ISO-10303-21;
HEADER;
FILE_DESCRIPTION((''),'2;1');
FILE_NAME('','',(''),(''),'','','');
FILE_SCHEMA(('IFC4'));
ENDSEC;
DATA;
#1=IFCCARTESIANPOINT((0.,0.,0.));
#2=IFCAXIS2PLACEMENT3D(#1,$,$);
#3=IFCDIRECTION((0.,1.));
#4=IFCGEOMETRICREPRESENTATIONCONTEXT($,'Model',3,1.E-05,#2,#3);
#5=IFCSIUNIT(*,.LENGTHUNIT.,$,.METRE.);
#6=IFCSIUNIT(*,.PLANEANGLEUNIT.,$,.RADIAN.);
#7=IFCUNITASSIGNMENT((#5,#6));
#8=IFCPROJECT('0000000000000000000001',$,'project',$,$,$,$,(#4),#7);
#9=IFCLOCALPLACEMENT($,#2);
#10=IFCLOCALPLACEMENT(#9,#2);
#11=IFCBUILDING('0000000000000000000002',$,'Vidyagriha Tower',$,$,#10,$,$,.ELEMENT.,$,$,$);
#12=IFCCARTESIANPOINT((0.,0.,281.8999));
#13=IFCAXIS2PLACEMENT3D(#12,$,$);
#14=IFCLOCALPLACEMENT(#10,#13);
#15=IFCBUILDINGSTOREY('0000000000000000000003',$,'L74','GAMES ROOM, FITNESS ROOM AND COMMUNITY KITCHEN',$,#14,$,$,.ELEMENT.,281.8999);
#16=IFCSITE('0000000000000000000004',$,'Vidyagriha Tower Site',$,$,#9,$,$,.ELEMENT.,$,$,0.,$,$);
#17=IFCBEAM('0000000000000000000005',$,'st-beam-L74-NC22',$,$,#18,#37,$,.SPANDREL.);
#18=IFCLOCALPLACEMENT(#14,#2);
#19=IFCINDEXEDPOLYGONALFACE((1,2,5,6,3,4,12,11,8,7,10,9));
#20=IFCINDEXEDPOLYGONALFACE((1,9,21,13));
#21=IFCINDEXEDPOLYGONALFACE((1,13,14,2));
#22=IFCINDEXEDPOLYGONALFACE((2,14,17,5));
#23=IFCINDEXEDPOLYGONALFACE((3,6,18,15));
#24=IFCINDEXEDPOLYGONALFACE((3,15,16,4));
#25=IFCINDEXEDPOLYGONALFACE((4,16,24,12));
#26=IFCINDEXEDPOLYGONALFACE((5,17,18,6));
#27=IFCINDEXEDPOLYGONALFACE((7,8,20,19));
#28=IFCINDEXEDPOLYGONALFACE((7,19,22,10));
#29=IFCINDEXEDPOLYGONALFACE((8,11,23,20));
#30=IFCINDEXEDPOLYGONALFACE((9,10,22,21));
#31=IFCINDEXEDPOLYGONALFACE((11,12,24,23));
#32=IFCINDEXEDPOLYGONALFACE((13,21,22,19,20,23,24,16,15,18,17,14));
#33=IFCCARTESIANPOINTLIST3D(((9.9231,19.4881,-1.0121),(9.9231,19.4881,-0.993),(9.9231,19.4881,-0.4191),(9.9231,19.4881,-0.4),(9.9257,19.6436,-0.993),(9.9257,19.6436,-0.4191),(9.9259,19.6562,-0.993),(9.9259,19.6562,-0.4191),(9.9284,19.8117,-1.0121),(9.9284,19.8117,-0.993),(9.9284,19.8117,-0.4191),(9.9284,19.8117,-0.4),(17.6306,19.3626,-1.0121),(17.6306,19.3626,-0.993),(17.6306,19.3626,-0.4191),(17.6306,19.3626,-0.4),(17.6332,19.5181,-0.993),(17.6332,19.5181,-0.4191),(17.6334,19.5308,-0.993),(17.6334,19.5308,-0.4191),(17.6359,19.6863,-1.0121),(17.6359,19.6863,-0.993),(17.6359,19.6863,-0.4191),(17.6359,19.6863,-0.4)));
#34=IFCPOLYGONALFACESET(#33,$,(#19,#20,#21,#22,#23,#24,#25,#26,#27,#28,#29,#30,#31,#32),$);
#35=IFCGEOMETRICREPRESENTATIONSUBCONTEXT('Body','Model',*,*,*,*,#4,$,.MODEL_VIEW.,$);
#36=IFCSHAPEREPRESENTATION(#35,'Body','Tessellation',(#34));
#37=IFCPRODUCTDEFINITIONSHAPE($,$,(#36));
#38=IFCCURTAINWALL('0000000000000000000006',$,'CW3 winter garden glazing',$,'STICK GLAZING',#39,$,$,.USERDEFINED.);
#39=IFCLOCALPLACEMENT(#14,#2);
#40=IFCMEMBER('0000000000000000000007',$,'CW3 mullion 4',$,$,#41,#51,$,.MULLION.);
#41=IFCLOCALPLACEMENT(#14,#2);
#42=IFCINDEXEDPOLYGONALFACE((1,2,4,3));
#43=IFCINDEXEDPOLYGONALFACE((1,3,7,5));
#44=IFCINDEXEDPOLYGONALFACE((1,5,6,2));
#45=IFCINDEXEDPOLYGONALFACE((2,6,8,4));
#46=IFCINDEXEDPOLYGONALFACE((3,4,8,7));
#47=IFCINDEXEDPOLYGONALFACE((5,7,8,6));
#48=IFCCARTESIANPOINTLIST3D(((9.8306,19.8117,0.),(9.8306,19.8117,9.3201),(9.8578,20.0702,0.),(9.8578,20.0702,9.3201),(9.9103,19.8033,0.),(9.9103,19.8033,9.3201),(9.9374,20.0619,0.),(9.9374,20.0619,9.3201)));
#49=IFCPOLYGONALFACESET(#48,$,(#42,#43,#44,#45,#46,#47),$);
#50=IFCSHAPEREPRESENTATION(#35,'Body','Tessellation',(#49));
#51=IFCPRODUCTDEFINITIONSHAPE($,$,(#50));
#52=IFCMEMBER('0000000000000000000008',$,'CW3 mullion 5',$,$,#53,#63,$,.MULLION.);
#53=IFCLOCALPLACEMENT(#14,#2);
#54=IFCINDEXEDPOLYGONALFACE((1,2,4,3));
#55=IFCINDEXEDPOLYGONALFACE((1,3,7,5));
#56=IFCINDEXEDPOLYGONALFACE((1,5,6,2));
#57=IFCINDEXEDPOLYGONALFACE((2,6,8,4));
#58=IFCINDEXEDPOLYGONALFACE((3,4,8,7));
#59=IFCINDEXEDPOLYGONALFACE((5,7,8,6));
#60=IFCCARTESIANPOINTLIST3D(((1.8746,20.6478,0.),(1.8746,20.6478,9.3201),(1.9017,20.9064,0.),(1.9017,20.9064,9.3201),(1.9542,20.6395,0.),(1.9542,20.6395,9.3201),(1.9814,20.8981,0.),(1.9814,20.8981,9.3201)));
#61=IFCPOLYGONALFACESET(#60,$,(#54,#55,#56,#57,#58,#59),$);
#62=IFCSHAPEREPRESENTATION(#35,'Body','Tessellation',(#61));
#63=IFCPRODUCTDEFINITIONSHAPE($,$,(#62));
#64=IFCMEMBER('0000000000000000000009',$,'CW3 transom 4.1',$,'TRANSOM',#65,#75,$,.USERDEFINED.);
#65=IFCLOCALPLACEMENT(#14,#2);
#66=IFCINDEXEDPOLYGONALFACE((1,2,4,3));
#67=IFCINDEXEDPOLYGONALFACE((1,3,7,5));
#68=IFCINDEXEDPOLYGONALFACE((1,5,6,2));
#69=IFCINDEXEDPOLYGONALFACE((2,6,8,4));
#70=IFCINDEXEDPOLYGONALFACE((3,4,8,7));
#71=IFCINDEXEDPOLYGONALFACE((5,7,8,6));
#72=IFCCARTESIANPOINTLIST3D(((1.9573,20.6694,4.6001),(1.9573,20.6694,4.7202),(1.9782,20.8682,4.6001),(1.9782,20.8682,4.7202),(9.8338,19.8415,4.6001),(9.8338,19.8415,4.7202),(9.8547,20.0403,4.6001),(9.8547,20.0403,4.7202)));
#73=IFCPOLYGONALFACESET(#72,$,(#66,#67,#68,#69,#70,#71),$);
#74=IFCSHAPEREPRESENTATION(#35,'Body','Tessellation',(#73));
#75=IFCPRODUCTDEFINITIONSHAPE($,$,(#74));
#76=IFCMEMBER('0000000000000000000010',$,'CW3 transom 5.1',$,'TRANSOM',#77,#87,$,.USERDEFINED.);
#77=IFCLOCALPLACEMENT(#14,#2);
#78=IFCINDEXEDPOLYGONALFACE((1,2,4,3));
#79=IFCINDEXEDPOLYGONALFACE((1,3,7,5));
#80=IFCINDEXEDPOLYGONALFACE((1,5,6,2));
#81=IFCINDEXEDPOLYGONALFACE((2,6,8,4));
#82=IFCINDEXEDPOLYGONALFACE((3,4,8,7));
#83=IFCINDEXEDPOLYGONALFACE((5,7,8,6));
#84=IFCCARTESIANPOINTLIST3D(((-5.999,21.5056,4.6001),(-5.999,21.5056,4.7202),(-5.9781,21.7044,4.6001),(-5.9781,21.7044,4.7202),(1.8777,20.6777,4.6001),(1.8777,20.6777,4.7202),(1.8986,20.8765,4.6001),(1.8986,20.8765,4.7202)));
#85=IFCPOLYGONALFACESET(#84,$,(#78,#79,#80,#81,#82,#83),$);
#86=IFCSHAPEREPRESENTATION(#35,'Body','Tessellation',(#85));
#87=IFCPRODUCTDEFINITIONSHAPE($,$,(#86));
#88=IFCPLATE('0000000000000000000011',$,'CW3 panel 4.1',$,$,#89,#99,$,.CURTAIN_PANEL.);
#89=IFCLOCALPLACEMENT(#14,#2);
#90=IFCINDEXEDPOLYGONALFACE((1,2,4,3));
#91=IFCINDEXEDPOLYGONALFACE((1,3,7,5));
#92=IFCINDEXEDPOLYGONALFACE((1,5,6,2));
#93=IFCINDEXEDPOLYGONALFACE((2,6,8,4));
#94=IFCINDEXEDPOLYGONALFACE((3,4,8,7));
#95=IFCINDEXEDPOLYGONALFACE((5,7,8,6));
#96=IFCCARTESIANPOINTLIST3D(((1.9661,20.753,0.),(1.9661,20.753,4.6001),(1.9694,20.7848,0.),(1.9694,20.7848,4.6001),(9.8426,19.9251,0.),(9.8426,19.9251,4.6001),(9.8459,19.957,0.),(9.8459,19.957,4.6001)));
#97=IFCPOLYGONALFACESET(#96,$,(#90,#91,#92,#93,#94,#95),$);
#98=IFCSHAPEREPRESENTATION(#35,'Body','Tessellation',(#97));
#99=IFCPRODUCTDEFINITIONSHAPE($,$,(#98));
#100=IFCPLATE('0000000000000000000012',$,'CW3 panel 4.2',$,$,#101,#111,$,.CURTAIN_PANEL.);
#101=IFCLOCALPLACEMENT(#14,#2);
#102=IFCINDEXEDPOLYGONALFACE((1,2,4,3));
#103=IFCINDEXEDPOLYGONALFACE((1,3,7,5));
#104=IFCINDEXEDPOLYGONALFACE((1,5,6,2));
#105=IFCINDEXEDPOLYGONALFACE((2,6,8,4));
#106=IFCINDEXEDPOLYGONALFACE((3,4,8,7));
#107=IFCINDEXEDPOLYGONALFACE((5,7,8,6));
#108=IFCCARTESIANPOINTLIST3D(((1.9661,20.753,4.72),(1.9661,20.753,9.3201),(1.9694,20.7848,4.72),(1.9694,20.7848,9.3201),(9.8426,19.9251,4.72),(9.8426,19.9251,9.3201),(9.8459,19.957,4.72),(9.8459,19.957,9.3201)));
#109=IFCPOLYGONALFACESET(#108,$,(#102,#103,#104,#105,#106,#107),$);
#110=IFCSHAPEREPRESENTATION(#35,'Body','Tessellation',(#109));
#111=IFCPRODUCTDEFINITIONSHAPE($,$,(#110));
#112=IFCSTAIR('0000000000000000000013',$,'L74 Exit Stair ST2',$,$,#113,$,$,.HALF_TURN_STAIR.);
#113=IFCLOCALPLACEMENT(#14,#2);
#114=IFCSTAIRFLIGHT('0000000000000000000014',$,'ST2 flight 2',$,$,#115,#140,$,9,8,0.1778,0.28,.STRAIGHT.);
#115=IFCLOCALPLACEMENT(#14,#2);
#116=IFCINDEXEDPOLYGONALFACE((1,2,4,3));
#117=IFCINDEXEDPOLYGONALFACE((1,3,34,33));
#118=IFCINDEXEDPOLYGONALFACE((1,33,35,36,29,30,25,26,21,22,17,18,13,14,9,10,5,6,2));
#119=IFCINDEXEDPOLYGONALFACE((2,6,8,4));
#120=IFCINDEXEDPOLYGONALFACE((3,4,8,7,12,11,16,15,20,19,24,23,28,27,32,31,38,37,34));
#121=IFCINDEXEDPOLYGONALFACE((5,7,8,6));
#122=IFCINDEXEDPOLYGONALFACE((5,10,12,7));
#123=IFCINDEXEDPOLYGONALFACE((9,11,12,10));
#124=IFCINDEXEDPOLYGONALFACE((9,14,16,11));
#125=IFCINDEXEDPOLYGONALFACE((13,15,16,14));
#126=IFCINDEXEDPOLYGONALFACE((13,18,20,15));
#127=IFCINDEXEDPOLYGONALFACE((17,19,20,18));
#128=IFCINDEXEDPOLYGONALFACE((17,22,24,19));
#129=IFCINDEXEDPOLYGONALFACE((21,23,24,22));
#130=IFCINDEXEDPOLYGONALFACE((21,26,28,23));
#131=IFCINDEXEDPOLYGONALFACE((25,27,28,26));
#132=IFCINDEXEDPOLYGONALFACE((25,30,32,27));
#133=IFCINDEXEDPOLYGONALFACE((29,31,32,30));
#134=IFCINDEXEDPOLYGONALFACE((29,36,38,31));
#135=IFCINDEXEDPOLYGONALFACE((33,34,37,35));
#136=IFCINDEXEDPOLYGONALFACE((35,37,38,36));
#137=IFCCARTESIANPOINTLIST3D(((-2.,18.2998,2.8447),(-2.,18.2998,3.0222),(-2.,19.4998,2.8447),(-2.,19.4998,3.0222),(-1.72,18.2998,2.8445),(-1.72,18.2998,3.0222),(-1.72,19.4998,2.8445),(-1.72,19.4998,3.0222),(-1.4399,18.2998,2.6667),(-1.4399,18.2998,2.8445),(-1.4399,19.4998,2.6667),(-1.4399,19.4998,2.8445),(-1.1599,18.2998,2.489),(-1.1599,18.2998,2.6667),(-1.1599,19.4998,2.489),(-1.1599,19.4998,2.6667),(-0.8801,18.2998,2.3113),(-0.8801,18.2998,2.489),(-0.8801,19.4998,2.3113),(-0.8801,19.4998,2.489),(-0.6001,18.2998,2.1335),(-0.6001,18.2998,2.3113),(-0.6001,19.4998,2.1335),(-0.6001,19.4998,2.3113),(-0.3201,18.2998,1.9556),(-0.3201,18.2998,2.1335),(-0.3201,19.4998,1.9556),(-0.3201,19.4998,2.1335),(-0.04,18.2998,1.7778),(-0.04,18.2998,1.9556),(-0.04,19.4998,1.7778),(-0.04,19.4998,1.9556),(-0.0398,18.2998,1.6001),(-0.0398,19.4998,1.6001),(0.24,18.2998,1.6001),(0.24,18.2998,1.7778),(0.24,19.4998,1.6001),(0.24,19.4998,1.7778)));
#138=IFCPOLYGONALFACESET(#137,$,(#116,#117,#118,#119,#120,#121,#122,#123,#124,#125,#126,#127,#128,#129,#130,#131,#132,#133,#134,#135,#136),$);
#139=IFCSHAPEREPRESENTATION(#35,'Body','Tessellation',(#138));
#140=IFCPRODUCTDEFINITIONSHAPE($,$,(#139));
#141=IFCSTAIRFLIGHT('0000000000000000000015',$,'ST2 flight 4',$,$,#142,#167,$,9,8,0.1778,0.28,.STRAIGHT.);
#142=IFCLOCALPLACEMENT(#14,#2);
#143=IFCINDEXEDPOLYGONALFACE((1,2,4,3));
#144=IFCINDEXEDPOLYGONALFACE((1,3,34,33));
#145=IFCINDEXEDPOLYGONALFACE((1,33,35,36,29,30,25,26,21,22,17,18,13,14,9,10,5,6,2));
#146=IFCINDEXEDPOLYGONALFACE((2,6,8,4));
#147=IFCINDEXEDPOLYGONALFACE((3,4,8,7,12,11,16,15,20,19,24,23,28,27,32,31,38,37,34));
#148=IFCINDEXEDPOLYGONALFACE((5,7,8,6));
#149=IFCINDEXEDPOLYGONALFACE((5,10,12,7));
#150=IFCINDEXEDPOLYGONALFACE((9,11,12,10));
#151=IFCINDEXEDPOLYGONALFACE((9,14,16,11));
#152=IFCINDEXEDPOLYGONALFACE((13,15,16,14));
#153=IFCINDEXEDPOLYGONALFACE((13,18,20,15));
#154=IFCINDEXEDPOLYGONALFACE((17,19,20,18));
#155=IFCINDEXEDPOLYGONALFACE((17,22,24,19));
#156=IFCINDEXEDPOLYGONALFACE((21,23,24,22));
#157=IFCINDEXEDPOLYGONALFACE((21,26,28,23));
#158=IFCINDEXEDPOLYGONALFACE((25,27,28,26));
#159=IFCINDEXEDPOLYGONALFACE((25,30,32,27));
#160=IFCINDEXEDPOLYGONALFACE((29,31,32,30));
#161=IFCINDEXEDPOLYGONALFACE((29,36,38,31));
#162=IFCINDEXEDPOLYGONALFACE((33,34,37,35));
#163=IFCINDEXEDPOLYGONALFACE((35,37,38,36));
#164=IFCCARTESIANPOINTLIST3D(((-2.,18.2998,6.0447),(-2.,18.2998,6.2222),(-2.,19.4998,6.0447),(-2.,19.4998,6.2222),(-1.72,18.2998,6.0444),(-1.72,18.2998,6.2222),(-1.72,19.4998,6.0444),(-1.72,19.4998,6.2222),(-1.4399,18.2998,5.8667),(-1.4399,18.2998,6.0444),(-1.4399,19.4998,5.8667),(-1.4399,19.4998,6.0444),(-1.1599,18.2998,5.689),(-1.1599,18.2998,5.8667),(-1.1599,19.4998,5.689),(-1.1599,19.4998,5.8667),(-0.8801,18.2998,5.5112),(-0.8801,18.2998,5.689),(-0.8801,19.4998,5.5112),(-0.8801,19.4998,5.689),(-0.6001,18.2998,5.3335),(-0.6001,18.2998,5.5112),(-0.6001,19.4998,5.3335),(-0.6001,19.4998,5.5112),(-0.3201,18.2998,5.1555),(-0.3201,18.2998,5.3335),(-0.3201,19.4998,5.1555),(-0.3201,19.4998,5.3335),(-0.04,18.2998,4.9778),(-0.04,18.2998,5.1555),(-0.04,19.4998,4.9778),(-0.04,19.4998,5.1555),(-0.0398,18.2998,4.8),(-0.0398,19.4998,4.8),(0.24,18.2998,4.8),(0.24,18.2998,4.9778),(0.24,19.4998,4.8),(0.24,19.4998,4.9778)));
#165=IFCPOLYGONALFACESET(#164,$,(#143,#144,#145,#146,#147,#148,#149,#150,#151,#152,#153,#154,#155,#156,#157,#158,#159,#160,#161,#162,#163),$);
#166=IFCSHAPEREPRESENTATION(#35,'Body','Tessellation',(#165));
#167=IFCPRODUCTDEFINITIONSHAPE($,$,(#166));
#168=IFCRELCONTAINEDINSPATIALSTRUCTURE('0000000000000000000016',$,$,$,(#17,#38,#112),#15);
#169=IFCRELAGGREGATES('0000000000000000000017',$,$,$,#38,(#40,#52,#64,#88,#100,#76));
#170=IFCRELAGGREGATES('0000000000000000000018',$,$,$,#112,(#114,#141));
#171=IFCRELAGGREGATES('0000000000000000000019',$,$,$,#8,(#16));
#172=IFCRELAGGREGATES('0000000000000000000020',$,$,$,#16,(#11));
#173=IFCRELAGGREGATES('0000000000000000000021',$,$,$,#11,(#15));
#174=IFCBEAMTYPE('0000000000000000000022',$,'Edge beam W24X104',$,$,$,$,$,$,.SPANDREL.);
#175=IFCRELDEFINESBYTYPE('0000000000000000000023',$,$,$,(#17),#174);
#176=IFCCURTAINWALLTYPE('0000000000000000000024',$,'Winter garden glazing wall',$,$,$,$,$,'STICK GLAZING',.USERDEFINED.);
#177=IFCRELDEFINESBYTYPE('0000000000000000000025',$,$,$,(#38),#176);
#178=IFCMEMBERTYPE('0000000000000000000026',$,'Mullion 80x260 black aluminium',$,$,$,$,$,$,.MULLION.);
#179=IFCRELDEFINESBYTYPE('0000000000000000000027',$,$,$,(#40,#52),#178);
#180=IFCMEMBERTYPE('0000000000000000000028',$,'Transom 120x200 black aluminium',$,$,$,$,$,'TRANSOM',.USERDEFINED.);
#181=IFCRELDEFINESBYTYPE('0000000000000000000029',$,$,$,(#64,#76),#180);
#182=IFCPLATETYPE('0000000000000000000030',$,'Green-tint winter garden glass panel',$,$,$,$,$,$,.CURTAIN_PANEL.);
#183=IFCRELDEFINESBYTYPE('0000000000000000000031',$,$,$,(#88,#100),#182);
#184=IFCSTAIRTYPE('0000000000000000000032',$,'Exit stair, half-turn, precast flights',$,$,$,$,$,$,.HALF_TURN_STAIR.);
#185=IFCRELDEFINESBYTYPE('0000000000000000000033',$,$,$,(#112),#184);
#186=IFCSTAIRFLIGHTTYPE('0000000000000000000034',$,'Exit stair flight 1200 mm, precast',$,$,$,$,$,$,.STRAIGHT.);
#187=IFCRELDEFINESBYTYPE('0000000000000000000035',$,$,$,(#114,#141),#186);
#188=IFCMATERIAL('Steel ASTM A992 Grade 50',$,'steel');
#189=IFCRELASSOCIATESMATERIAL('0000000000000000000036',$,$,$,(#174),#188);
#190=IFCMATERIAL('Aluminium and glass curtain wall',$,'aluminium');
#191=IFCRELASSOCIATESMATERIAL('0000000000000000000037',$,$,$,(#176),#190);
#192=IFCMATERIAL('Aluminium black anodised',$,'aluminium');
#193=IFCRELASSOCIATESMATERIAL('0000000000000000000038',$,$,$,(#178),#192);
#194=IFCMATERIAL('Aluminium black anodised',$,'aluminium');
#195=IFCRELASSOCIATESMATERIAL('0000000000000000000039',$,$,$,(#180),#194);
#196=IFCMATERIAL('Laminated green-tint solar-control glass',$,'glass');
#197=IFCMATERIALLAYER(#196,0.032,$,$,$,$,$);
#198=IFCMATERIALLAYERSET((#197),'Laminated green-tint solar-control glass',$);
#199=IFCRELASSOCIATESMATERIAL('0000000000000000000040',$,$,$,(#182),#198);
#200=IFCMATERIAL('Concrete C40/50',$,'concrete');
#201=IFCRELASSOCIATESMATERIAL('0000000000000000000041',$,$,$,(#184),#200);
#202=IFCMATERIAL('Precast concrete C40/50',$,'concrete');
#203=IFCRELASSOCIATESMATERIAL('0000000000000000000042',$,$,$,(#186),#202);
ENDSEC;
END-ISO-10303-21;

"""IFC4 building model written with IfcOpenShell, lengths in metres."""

from ifc_helpers import new_model, si_unit, direction, frame, origin, origin_2d, place, context, subcontext, project, spatial, polyline, rectangle, i_section, outline, extrude, material, layer, layer_set, material_profile, profile_set, type_object, element, aggregate, save


model = new_model("IFC4")

# Units and contexts
model_context = context("Model", 3, precision=1e-05, world=origin(), true_north=direction((0.0, 1.0)))
body_context = subcontext(model_context, "Body", "Model", "MODEL_VIEW")
ifc_project = project(units=[si_unit("LENGTHUNIT", "METRE"), si_unit("PLANEANGLEUNIT", "RADIAN")], contexts=[model_context])

# Site, building, storey
site_placement = place(None, origin())
site = spatial("IfcSite", under=ifc_project, at=site_placement, Name="Vidyagriha Tower Site", CompositionType="ELEMENT", RefElevation=0.0)
building_placement = place(site_placement, origin())
building = spatial("IfcBuilding", under=site, at=building_placement, Name="Vidyagriha Tower", CompositionType="ELEMENT")
storey_placement = place(building_placement, frame((0.0, 0.0, 281.8999)))
storey = spatial("IfcBuildingStorey", under=building, at=storey_placement, Name="L74", Description="GAMES ROOM, FITNESS ROOM AND COMMUNITY KITCHEN", CompositionType="ELEMENT", Elevation=281.8999)

# Beam
ifc_material_1 = material(Name="Steel ASTM A992 Grade 50", Category="steel")
ifc_material_profile_1 = material_profile(ifc_material_1, i_section(OverallWidth=0.3237, OverallDepth=0.6121, WebThickness=0.0127, FlangeThickness=0.019, at=origin_2d()), Name="W24X104")
ifc_profile_set_1 = profile_set([ifc_material_profile_1], Name="Steel ASTM A992 Grade 50")
beam_type = type_object("IfcBeamType", Name="Edge beam W24X104", PredefinedType="SPANDREL", material=ifc_profile_set_1)
beam_placement = place(storey_placement, frame((9.9258, 19.6499, -0.7061), z_axis=(0.999867, -0.016279, 0.0), x_axis=(0.016279, 0.999867, 0.0)))
element("IfcBeam", 1, at=beam_placement, inside=storey, type_object=beam_type, Name="st-beam-L74-NC22", PredefinedType="SPANDREL", context=body_context, shape_type="SweptSolid", body=[
    extrude(i_section(OverallWidth=0.3237, OverallDepth=0.6121, WebThickness=0.0127, FlangeThickness=0.019, at=origin_2d()), origin(), (0.0, 0.0, 1.0), 7.7085),
])

# Curtain wall, members, plates
ifc_material_2 = material(Name="Aluminium and glass curtain wall", Category="aluminium")
curtain_wall_type = type_object("IfcCurtainWallType", Name="Winter garden glazing wall", ElementType="STICK GLAZING", PredefinedType="USERDEFINED", material=ifc_material_2)
curtain_wall_placement = place(storey_placement, origin())
curtain_wall = element("IfcCurtainWall", 2, at=curtain_wall_placement, inside=storey, type_object=curtain_wall_type, Name="CW3 winter garden glazing", ObjectType="STICK GLAZING", PredefinedType="USERDEFINED")
ifc_material_3 = material(Name="Aluminium black anodised", Category="aluminium")
ifc_material_profile_2 = material_profile(ifc_material_3, rectangle(XDim=0.26, YDim=0.0801, at=origin_2d()), Name="Mullion 80x260 black aluminium")
ifc_profile_set_2 = profile_set([ifc_material_profile_2], Name="Aluminium black anodised")
member_type_1 = type_object("IfcMemberType", Name="Mullion 80x260 black aluminium", PredefinedType="MULLION", material=ifc_profile_set_2)
member_1_placement = place(storey_placement, frame((9.884, 19.9368, 0.0), z_axis=(0.0, 0.0, 1.0), x_axis=(-0.104528, -0.994522, 0.0)))
member_1 = element("IfcMember", 3, at=member_1_placement, type_object=member_type_1, Name="CW3 mullion 4", PredefinedType="MULLION", context=body_context, shape_type="SweptSolid", body=[
    extrude(rectangle(XDim=0.26, YDim=0.0801, at=origin_2d()), origin(), (0.0, 0.0, 1.0), 9.3201),
])
member_2_placement = place(storey_placement, frame((1.928, 20.7729, 0.0), z_axis=(0.0, 0.0, 1.0), x_axis=(-0.104528, -0.994522, 0.0)))
member_2 = element("IfcMember", 4, at=member_2_placement, type_object=member_type_1, Name="CW3 mullion 5", PredefinedType="MULLION", context=body_context, shape_type="SweptSolid", body=[
    extrude(rectangle(XDim=0.26, YDim=0.0801, at=origin_2d()), origin(), (0.0, 0.0, 1.0), 9.3201),
])
ifc_material_4 = material(Name="Aluminium black anodised", Category="aluminium")
ifc_material_profile_3 = material_profile(ifc_material_4, rectangle(XDim=0.2, YDim=0.1201, at=origin_2d()), Name="Transom 120x200 black aluminium")
ifc_profile_set_3 = profile_set([ifc_material_profile_3], Name="Aluminium black anodised")
member_type_2 = type_object("IfcMemberType", Name="Transom 120x200 black aluminium", ElementType="TRANSOM", PredefinedType="USERDEFINED", material=ifc_profile_set_3)
member_3_placement = place(storey_placement, frame((9.8442, 19.9409, 4.6602), z_axis=(-0.994521, 0.104532, 0.0), x_axis=(-0.104532, -0.994521, 0.0)))
member_3 = element("IfcMember", 5, at=member_3_placement, type_object=member_type_2, Name="CW3 transom 4.1", ObjectType="TRANSOM", PredefinedType="USERDEFINED", context=body_context, shape_type="SweptSolid", body=[
    extrude(rectangle(XDim=0.2, YDim=0.1201, at=origin_2d()), origin(), (0.0, 0.0, 1.0), 7.9199),
])
member_4_placement = place(storey_placement, frame((1.8882, 20.7771, 4.6602), z_axis=(-0.994522, 0.104529, 0.0), x_axis=(-0.104529, -0.994522, 0.0)))
member_4 = element("IfcMember", 6, at=member_4_placement, type_object=member_type_2, Name="CW3 transom 5.1", ObjectType="TRANSOM", PredefinedType="USERDEFINED", context=body_context, shape_type="SweptSolid", body=[
    extrude(rectangle(XDim=0.2, YDim=0.1201, at=origin_2d()), origin(), (0.0, 0.0, 1.0), 7.9202),
])
ifc_material_5 = material(Name="Laminated green-tint solar-control glass", Category="glass")
ifc_layer = layer(ifc_material_5, 0.032)
ifc_layer_set = layer_set([ifc_layer], Name="Laminated green-tint solar-control glass")
plate_type = type_object("IfcPlateType", Name="Green-tint winter garden glass panel", PredefinedType="CURTAIN_PANEL", material=ifc_layer_set)
plate_1_placement = place(storey_placement, frame((5.906, 20.355, 0.0), z_axis=(0.0, 0.0, 1.0), x_axis=(-0.994522, 0.104528, 0.0)))
plate_1 = element("IfcPlate", 7, at=plate_1_placement, type_object=plate_type, Name="CW3 panel 4.1", PredefinedType="CURTAIN_PANEL", context=body_context, shape_type="SweptSolid", body=[
    extrude(rectangle(XDim=7.9199, YDim=0.032, at=origin_2d()), origin(), (0.0, 0.0, 1.0), 4.6001),
])
plate_2_placement = place(storey_placement, frame((5.906, 20.355, 4.72), z_axis=(0.0, 0.0, 1.0), x_axis=(-0.994522, 0.104528, 0.0)))
plate_2 = element("IfcPlate", 8, at=plate_2_placement, type_object=plate_type, Name="CW3 panel 4.2", PredefinedType="CURTAIN_PANEL", context=body_context, shape_type="SweptSolid", body=[
    extrude(rectangle(XDim=7.9199, YDim=0.032, at=origin_2d()), origin(), (0.0, 0.0, 1.0), 4.6001),
])
aggregate(curtain_wall, [member_1, member_2, member_3, plate_1, plate_2, member_4])

# Stair, stair flights
ifc_material_6 = material(Name="Concrete C40/50", Category="concrete")
stair_type = type_object("IfcStairType", Name="Exit stair, half-turn, precast flights", PredefinedType="HALF_TURN_STAIR", material=ifc_material_6)
stair_1_placement = place(storey_placement, origin())
stair_1 = element("IfcStair", 9, at=stair_1_placement, inside=storey, type_object=stair_type, Name="L74 Exit Stair ST2", PredefinedType="HALF_TURN_STAIR")
ifc_material_7 = material(Name="Precast concrete C40/50", Category="concrete")
stair_flight_type = type_object("IfcStairFlightType", Name="Exit stair flight 1200 mm, precast", PredefinedType="STRAIGHT", material=ifc_material_7)
stair_flight_1_placement = place(storey_placement, frame((0.24, 18.8999, 1.6001), z_axis=(0.0, 0.0, 1.0), x_axis=(-1.0, 0.0, 0.0)))
stair_flight_1 = element("IfcStairFlight", 10, at=stair_flight_1_placement, type_object=stair_flight_type, Name="ST2 flight 2", NumberOfRisers=9, NumberOfTreads=8, PredefinedType="STRAIGHT", RiserHeight=0.1778, TreadLength=0.28, context=body_context, shape_type="SweptSolid", body=[
    extrude(outline(polyline([(0.0, 0.0), (0.0, 0.1777), (0.28, 0.1777), (0.28, 0.3555), (0.5601, 0.3555), (0.5601, 0.5334), (0.8401, 0.5334), (0.8401, 0.7112), (1.1201, 0.7112), (1.1201, 0.8889), (1.3999, 0.8889), (1.3999, 1.0667), (1.6799, 1.0667), (1.6799, 1.2444), (1.96, 1.2444), (1.96, 1.4221), (2.24, 1.4221), (2.24, 1.6001), (2.24, 1.2446), (0.2798, 0.0), (0.0, 0.0)])), frame((0.0, 0.6001, 0.0), z_axis=(0.0, -1.0, 0.0), x_axis=(1.0, 0.0, 0.0)), (0.0, 0.0, 1.0), 1.2),
])
stair_flight_2_placement = place(storey_placement, frame((0.24, 18.8999, 4.8), z_axis=(0.0, 0.0, 1.0), x_axis=(-1.0, 0.0, 0.0)))
stair_flight_2 = element("IfcStairFlight", 11, at=stair_flight_2_placement, type_object=stair_flight_type, Name="ST2 flight 4", NumberOfRisers=9, NumberOfTreads=8, PredefinedType="STRAIGHT", RiserHeight=0.1778, TreadLength=0.28, context=body_context, shape_type="SweptSolid", body=[
    extrude(outline(polyline([(0.0, 0.0), (0.0, 0.1777), (0.28, 0.1777), (0.28, 0.3555), (0.5601, 0.3555), (0.5601, 0.5334), (0.8401, 0.5334), (0.8401, 0.7112), (1.1201, 0.7112), (1.1201, 0.8889), (1.3999, 0.8889), (1.3999, 1.0667), (1.6799, 1.0667), (1.6799, 1.2444), (1.96, 1.2444), (1.96, 1.4221), (2.24, 1.4221), (2.24, 1.6001), (2.24, 1.2446), (0.2798, 0.0), (0.0, 0.0)])), frame((0.0, 0.6001, 0.0), z_axis=(0.0, -1.0, 0.0), x_axis=(1.0, 0.0, 0.0)), (0.0, 0.0, 1.0), 1.2),
])
aggregate(stair_1, [stair_flight_1, stair_flight_2])

save(model, "model.ifc")
